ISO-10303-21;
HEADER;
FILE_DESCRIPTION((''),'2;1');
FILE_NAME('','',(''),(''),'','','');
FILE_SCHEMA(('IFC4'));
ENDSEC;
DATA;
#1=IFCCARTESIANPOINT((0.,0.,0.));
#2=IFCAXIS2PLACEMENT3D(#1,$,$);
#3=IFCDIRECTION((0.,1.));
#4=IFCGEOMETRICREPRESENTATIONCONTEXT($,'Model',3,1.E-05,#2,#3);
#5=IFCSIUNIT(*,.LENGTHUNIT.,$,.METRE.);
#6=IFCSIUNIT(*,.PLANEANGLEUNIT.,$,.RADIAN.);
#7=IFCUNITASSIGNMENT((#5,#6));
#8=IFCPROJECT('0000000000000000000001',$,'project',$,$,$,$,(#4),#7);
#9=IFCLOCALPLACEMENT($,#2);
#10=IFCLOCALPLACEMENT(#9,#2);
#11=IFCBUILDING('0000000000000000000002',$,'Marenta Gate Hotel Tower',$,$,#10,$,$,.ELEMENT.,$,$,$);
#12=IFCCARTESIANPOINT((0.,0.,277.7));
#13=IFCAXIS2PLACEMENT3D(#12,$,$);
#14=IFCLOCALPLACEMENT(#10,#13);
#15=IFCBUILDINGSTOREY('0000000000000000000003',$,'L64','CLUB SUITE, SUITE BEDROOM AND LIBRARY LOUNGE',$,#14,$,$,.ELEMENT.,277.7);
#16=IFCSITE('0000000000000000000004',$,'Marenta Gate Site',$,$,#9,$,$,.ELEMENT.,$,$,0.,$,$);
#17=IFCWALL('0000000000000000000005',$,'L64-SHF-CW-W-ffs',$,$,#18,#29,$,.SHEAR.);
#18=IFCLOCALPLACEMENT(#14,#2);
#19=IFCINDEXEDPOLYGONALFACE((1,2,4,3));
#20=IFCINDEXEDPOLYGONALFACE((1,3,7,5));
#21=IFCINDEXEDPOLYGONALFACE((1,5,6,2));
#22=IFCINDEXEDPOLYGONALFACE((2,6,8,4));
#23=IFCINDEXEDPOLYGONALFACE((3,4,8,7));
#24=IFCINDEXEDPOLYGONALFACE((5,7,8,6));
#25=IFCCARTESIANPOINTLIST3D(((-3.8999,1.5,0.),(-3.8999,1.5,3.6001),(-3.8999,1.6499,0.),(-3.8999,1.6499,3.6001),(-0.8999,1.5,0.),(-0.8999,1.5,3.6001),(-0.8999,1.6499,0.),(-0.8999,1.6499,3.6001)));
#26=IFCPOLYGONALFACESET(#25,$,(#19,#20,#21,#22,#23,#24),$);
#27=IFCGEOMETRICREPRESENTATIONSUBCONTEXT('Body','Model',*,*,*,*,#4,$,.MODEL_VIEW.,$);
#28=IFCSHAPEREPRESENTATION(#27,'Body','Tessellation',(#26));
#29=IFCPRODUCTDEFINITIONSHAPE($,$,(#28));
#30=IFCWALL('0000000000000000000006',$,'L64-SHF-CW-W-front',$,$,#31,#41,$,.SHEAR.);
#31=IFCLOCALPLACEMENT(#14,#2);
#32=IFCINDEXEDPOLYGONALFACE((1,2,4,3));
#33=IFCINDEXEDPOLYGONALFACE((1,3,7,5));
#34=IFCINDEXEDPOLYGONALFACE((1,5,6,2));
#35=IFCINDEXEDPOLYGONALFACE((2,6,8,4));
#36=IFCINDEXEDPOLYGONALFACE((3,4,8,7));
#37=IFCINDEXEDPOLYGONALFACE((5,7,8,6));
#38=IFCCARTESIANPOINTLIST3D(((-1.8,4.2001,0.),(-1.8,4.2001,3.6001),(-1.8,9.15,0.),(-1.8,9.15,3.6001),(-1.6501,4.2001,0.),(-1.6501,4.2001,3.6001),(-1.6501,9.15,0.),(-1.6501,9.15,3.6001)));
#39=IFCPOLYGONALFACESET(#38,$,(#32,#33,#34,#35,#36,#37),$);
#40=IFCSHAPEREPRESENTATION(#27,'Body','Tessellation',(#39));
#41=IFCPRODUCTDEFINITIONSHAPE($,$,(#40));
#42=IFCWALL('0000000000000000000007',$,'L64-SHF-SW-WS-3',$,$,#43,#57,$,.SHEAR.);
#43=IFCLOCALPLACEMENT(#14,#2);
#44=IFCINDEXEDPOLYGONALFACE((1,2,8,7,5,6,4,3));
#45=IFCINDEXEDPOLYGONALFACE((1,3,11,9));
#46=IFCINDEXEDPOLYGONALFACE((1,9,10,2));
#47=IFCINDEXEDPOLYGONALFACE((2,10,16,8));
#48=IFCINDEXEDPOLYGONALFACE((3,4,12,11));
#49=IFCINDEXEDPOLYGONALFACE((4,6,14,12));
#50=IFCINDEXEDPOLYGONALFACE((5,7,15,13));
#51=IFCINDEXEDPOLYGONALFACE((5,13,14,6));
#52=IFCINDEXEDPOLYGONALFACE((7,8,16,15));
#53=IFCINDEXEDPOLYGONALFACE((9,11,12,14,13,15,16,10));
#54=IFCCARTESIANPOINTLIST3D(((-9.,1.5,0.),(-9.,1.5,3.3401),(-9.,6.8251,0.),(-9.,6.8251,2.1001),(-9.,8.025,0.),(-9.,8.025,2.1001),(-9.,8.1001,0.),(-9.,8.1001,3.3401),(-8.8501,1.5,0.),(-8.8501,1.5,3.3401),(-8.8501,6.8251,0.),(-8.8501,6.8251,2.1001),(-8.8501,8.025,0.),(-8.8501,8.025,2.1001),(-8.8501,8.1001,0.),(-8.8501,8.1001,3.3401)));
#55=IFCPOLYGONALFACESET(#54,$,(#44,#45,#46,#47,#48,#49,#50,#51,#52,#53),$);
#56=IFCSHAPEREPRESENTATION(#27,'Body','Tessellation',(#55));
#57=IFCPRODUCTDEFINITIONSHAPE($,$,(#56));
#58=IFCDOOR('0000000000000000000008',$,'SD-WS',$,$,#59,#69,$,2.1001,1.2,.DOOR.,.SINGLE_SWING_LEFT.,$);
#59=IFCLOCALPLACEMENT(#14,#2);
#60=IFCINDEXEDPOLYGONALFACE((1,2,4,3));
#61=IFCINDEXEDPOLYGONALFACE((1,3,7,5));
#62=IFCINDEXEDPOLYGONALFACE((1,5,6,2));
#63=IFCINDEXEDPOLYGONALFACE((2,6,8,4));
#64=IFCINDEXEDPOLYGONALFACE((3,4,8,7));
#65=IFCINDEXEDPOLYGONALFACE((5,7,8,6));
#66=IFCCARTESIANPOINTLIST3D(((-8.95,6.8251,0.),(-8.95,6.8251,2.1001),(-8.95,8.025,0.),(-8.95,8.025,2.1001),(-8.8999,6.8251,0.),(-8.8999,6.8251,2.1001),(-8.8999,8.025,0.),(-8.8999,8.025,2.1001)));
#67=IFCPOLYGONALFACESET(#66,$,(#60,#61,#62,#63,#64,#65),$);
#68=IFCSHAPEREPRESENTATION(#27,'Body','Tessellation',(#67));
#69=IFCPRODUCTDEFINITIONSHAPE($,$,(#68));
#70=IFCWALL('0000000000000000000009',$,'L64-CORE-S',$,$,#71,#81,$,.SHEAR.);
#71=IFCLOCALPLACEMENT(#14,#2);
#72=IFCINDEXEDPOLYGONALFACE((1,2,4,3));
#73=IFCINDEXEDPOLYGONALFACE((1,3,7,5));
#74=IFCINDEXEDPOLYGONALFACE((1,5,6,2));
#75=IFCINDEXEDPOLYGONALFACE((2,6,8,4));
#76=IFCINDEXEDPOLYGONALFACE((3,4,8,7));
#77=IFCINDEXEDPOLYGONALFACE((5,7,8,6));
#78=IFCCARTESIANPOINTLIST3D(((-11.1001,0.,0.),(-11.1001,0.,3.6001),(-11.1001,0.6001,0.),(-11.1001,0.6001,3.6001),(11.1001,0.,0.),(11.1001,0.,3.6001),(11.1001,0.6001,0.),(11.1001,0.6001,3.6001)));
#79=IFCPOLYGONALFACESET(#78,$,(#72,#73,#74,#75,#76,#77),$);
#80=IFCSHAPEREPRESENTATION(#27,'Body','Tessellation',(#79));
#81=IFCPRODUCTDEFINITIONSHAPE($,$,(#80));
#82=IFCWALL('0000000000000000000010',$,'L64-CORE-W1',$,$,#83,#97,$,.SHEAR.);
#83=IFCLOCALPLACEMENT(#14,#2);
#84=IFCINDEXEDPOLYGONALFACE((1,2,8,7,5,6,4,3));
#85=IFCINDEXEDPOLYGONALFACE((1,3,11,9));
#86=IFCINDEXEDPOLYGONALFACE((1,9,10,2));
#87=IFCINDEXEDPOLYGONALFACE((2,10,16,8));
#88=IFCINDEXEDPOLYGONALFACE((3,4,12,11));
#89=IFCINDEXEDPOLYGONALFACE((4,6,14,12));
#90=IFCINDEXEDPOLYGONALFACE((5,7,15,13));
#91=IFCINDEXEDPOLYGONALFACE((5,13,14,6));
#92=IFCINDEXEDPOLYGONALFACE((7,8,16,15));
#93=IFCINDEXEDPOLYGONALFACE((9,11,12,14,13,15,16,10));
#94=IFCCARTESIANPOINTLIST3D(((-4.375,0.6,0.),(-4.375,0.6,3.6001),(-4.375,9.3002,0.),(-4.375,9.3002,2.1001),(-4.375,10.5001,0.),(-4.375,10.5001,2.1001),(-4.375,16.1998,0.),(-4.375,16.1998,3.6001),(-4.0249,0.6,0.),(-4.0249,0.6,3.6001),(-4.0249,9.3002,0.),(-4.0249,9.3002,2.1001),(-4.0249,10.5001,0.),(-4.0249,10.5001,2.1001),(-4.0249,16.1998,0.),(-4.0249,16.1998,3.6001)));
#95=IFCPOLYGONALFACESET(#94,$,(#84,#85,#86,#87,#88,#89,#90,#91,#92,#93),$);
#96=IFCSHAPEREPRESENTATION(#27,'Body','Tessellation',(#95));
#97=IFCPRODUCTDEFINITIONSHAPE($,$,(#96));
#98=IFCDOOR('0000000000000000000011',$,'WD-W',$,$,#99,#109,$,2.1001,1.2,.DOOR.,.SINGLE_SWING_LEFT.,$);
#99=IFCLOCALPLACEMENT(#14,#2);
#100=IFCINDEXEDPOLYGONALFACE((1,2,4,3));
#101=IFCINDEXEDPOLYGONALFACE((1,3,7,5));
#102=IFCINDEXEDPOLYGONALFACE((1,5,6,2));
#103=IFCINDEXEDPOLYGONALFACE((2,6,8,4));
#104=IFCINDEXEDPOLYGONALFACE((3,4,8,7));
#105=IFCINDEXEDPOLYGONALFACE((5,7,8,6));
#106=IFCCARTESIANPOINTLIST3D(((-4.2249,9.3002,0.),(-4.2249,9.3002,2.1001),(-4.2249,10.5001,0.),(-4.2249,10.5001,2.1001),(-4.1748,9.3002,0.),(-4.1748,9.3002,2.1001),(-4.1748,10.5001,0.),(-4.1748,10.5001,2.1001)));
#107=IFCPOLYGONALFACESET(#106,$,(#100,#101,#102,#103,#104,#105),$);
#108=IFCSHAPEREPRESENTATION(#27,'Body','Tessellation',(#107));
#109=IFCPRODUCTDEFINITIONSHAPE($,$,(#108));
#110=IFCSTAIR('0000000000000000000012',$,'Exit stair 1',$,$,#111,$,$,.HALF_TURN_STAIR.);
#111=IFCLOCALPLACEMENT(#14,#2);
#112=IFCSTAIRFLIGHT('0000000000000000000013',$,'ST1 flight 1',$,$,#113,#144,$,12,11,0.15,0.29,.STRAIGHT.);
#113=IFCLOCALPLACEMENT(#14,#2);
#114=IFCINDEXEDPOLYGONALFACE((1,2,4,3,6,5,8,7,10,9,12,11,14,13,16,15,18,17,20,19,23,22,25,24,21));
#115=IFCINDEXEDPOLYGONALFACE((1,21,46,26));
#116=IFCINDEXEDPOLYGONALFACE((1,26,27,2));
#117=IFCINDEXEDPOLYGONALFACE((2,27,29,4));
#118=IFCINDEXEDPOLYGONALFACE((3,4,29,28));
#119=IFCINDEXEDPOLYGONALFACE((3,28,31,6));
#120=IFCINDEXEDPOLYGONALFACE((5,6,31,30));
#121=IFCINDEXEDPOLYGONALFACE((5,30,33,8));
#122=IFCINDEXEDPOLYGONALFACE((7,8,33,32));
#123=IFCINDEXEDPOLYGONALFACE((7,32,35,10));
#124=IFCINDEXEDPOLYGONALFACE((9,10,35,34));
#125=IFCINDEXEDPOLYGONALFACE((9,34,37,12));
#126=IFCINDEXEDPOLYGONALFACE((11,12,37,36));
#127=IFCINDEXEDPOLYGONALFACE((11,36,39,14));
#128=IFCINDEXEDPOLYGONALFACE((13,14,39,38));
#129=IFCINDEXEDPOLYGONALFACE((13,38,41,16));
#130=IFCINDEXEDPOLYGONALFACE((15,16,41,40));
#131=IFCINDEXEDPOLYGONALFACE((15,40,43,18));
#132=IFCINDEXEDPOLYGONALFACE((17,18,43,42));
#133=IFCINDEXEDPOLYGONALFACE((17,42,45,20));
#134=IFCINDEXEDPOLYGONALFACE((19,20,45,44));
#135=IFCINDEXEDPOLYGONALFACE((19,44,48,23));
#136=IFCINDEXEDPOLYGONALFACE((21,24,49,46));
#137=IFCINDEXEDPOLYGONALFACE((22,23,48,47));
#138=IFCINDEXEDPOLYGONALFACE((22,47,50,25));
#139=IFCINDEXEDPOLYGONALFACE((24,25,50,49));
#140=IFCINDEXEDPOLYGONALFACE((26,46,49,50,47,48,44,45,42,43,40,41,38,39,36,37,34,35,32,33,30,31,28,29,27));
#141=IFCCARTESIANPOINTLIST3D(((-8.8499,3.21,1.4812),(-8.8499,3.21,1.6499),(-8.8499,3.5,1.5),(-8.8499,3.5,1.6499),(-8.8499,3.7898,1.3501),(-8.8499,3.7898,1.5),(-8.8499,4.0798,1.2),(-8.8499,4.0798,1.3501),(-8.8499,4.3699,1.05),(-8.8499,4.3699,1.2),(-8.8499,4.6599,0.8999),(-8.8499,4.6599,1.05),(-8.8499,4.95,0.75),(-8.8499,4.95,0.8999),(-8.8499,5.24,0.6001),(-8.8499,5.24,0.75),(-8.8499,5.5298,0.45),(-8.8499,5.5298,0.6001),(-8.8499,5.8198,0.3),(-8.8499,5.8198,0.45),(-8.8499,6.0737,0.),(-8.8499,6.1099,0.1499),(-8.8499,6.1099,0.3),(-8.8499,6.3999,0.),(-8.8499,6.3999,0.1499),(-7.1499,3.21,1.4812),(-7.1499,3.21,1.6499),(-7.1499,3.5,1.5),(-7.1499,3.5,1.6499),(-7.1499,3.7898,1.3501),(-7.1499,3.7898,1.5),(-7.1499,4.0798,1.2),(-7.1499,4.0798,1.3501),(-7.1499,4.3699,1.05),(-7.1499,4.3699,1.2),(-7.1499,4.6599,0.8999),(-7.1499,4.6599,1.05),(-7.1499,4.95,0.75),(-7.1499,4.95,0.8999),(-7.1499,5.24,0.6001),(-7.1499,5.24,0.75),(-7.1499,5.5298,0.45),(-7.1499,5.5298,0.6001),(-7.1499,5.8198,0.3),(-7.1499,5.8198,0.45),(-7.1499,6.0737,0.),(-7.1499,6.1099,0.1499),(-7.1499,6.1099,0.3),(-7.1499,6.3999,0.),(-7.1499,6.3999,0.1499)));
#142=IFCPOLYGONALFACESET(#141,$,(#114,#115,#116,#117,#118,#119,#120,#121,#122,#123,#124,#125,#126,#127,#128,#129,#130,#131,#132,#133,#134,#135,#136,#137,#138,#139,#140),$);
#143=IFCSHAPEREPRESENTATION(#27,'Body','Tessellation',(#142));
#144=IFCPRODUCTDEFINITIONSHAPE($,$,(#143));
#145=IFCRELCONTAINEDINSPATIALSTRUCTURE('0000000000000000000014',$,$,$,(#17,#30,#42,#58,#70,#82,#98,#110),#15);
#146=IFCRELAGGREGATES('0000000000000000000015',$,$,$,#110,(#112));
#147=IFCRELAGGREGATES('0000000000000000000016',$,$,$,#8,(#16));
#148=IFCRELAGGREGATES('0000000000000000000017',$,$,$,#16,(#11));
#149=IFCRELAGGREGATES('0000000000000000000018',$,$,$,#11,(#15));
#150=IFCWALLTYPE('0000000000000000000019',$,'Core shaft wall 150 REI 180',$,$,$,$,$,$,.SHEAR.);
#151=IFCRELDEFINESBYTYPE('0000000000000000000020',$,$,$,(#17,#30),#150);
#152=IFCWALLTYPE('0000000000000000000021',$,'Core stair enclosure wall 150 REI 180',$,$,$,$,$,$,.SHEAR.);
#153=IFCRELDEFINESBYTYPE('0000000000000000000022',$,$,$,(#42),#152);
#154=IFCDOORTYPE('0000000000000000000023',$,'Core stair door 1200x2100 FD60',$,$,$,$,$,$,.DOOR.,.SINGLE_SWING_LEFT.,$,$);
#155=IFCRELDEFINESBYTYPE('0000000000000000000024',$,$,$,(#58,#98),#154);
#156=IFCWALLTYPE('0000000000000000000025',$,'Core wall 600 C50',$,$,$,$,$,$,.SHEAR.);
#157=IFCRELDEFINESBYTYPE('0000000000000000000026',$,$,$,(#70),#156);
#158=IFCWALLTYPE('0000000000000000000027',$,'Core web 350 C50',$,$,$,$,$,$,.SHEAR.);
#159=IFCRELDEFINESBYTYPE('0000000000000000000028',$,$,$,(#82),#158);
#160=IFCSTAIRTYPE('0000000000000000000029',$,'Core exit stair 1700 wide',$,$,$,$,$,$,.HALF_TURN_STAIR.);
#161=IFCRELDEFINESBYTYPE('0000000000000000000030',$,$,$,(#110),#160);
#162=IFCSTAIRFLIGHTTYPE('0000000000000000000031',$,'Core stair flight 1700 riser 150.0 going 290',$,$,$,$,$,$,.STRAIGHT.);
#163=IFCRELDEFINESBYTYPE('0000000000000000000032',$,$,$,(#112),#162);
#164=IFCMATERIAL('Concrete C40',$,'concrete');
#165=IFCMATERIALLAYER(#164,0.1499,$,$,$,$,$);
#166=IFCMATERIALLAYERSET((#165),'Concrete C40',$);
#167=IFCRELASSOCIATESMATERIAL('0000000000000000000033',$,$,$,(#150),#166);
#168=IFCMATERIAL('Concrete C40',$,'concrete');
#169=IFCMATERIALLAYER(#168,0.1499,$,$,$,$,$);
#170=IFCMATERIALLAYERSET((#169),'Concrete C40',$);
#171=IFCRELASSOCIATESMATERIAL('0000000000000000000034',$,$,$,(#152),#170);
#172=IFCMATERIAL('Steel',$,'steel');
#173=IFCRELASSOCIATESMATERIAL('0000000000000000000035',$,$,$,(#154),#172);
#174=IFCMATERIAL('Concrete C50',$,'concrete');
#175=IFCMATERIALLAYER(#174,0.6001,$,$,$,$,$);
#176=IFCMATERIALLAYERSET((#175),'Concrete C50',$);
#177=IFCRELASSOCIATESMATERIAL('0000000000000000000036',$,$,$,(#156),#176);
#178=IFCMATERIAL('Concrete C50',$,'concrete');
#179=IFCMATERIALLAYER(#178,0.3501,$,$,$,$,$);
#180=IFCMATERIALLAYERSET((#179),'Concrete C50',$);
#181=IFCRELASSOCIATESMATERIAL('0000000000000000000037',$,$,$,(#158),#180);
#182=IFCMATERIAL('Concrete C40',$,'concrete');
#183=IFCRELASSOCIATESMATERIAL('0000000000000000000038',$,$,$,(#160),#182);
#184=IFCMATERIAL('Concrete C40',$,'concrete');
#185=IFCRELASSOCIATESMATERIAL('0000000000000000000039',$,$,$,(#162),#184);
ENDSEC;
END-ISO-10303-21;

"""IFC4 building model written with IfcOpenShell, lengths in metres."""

from ifc_helpers import new_model, si_unit, direction, frame, frame_2d, origin, place, context, subcontext, project, spatial, polyline, rectangle, outline, extrude, material, layer, layer_set, type_object, element, fill, aggregate, save


model = new_model("IFC4")

# Units and contexts
model_context = context("Model", 3, precision=1e-05, world=origin(), true_north=direction((0.0, 1.0)))
body_context = subcontext(model_context, "Body", "Model", "MODEL_VIEW")
ifc_project = project(units=[si_unit("LENGTHUNIT", "METRE"), si_unit("PLANEANGLEUNIT", "RADIAN")], contexts=[model_context])

# Site, building, storey
site_placement = place(None, origin())
site = spatial("IfcSite", under=ifc_project, at=site_placement, Name="Marenta Gate Site", CompositionType="ELEMENT", RefElevation=0.0)
building_placement = place(site_placement, origin())
building = spatial("IfcBuilding", under=site, at=building_placement, Name="Marenta Gate Hotel Tower", CompositionType="ELEMENT")
storey_placement = place(building_placement, frame((0.0, 0.0, 277.7)))
storey = spatial("IfcBuildingStorey", under=building, at=storey_placement, Name="L64", Description="CLUB SUITE, SUITE BEDROOM AND LIBRARY LOUNGE", CompositionType="ELEMENT", Elevation=277.7)

# Shared definitions
ifc_material_1 = material(Name="Concrete C40", Category="concrete")
ifc_layer_1 = layer(ifc_material_1, 0.1499)
ifc_layer_set_1 = layer_set([ifc_layer_1], Name="Concrete C40")
wall_type_1 = type_object("IfcWallType", Name="Core shaft wall 150 REI 180", PredefinedType="SHEAR", material=ifc_layer_set_1)

# Walls
wall_1_placement = place(storey_placement, frame((-3.8999, 1.575, 0.0), z_axis=(0.0, 0.0, 1.0), x_axis=(1.0, 0.0, 0.0)))
element("IfcWall", 1, at=wall_1_placement, inside=storey, type_object=wall_type_1, Name="L64-SHF-CW-W-ffs", PredefinedType="SHEAR", context=body_context, shape_type="SweptSolid", body=[
    extrude(rectangle(XDim=3.0, YDim=0.1499, at=frame_2d((1.5, 0.0))), origin(), (0.0, 0.0, 1.0), 3.6001),
])
wall_2_placement = place(storey_placement, frame((-1.7251, 4.2, 0.0), z_axis=(0.0, 0.0, 1.0), x_axis=(0.0, 1.0, 0.0)))
element("IfcWall", 2, at=wall_2_placement, inside=storey, type_object=wall_type_1, Name="L64-SHF-CW-W-front", PredefinedType="SHEAR", context=body_context, shape_type="SweptSolid", body=[
    extrude(rectangle(XDim=4.95, YDim=0.1499, at=frame_2d((2.4751, 0.0))), origin(), (0.0, 0.0, 1.0), 3.6001),
])

# Wall, opening, door
ifc_material_2 = material(Name="Concrete C40", Category="concrete")
ifc_layer_2 = layer(ifc_material_2, 0.1499)
ifc_layer_set_2 = layer_set([ifc_layer_2], Name="Concrete C40")
wall_type_2 = type_object("IfcWallType", Name="Core stair enclosure wall 150 REI 180", PredefinedType="SHEAR", material=ifc_layer_set_2)
wall_3_placement = place(storey_placement, frame((-8.925, 1.5, 0.0), z_axis=(0.0, 0.0, 1.0), x_axis=(0.0, 1.0, 0.0)))
wall_3 = element("IfcWall", 3, at=wall_3_placement, inside=storey, type_object=wall_type_2, Name="L64-SHF-SW-WS-3", PredefinedType="SHEAR", context=body_context, shape_type="SweptSolid", body=[
    extrude(rectangle(XDim=6.6001, YDim=0.1499, at=frame_2d((3.3, 0.0))), origin(), (0.0, 0.0, 1.0), 3.3401),
])
opening_1_placement = place(wall_3_placement, frame((5.325, 0.0, 0.0)))
opening_1 = element("IfcOpeningElement", 4, at=opening_1_placement, cuts=wall_3, PredefinedType="OPENING", context=body_context, shape_type="SweptSolid", body=[
    extrude(rectangle(XDim=1.2, YDim=2.1001, at=frame_2d((0.6001, 1.05))), frame((0.0, 0.075, 0.0), z_axis=(0.0, -1.0, 0.0), x_axis=(1.0, 0.0, 0.0)), (0.0, 0.0, 1.0), 0.1499),
])
ifc_material_3 = material(Name="Steel", Category="steel")
door_type_1 = type_object("IfcDoorType", Name="Core stair door 1200x2100 FD60", OperationType="SINGLE_SWING_LEFT", PredefinedType="DOOR", material=ifc_material_3)
door_1_placement = place(opening_1_placement, origin())
door_1 = element("IfcDoor", 5, at=door_1_placement, inside=storey, type_object=door_type_1, Name="SD-WS", OperationType="SINGLE_SWING_LEFT", OverallHeight=2.1001, OverallWidth=1.2, PredefinedType="DOOR", context=body_context, shape_type="SweptSolid", body=[
    extrude(rectangle(XDim=1.2, YDim=2.1001, at=frame_2d((0.6001, 1.05))), frame((0.0, 0.0249, 0.0), z_axis=(0.0, -1.0, 0.0), x_axis=(1.0, 0.0, 0.0)), (0.0, 0.0, 1.0), 0.05),
])
fill(opening_1, door_1)

# Wall
ifc_material_4 = material(Name="Concrete C50", Category="concrete")
ifc_layer_3 = layer(ifc_material_4, 0.6001)
ifc_layer_set_3 = layer_set([ifc_layer_3], Name="Concrete C50")
wall_type_3 = type_object("IfcWallType", Name="Core wall 600 C50", PredefinedType="SHEAR", material=ifc_layer_set_3)
wall_4_placement = place(storey_placement, frame((-11.1001, 0.3, 0.0), z_axis=(0.0, 0.0, 1.0), x_axis=(1.0, 0.0, 0.0)))
element("IfcWall", 6, at=wall_4_placement, inside=storey, type_object=wall_type_3, Name="L64-CORE-S", PredefinedType="SHEAR", context=body_context, shape_type="SweptSolid", body=[
    extrude(rectangle(XDim=22.2002, YDim=0.6001, at=frame_2d((11.1001, 0.0))), origin(), (0.0, 0.0, 1.0), 3.6001),
])

# Wall, opening, door
ifc_material_5 = material(Name="Concrete C50", Category="concrete")
ifc_layer_4 = layer(ifc_material_5, 0.3501)
ifc_layer_set_4 = layer_set([ifc_layer_4], Name="Concrete C50")
wall_type_4 = type_object("IfcWallType", Name="Core web 350 C50", PredefinedType="SHEAR", material=ifc_layer_set_4)
wall_5_placement = place(storey_placement, frame((-4.2, 0.6001, 0.0), z_axis=(0.0, 0.0, 1.0), x_axis=(0.0, 1.0, 0.0)))
wall_5 = element("IfcWall", 7, at=wall_5_placement, inside=storey, type_object=wall_type_4, Name="L64-CORE-W1", PredefinedType="SHEAR", context=body_context, shape_type="SweptSolid", body=[
    extrude(rectangle(XDim=15.5999, YDim=0.3501, at=frame_2d((7.7998, 0.0))), origin(), (0.0, 0.0, 1.0), 3.6001),
])
opening_2_placement = place(wall_5_placement, frame((8.7, 0.0, 0.0)))
opening_2 = element("IfcOpeningElement", 8, at=opening_2_placement, cuts=wall_5, PredefinedType="OPENING", context=body_context, shape_type="SweptSolid", body=[
    extrude(rectangle(XDim=1.2, YDim=2.1001, at=frame_2d((0.6001, 1.05))), frame((0.0, 0.175, 0.0), z_axis=(0.0, -1.0, 0.0), x_axis=(1.0, 0.0, 0.0)), (0.0, 0.0, 1.0), 0.3501),
])
door_2_placement = place(opening_2_placement, origin())
door_2 = element("IfcDoor", 9, at=door_2_placement, inside=storey, type_object=door_type_1, Name="WD-W", OperationType="SINGLE_SWING_LEFT", OverallHeight=2.1001, OverallWidth=1.2, PredefinedType="DOOR", context=body_context, shape_type="SweptSolid", body=[
    extrude(rectangle(XDim=1.2, YDim=2.1001, at=frame_2d((0.6001, 1.05))), frame((0.0, 0.0249, 0.0), z_axis=(0.0, -1.0, 0.0), x_axis=(1.0, 0.0, 0.0)), (0.0, 0.0, 1.0), 0.05),
])
fill(opening_2, door_2)

# Stair, stair flight
ifc_material_6 = material(Name="Concrete C40", Category="concrete")
stair_type = type_object("IfcStairType", Name="Core exit stair 1700 wide", PredefinedType="HALF_TURN_STAIR", material=ifc_material_6)
stair_placement = place(storey_placement, origin())
stair = element("IfcStair", 10, at=stair_placement, inside=storey, type_object=stair_type, Name="Exit stair 1", PredefinedType="HALF_TURN_STAIR")
ifc_material_7 = material(Name="Concrete C40", Category="concrete")
stair_flight_type = type_object("IfcStairFlightType", Name="Core stair flight 1700 riser 150.0 going 290", PredefinedType="STRAIGHT", material=ifc_material_7)
stair_flight_1_placement = place(storey_placement, frame((-8.0, 6.3999, 0.0), z_axis=(0.0, 0.0, 1.0), x_axis=(0.0, -1.0, 0.0)))
stair_flight_1 = element("IfcStairFlight", 11, at=stair_flight_1_placement, type_object=stair_flight_type, Name="ST1 flight 1", NumberOfRisers=12, NumberOfTreads=11, PredefinedType="STRAIGHT", RiserHeight=0.15, TreadLength=0.29, context=body_context, shape_type="SweptSolid", body=[
    extrude(outline(polyline([(0.0, 0.0), (0.0, 0.1499), (0.29, 0.1499), (0.29, 0.3), (0.5801, 0.3), (0.5801, 0.45), (0.8701, 0.45), (0.8701, 0.6001), (1.1599, 0.6001), (1.1599, 0.75), (1.45, 0.75), (1.45, 0.8999), (1.74, 0.8999), (1.74, 1.05), (2.03, 1.05), (2.03, 1.2), (2.3201, 1.2), (2.3201, 1.3501), (2.6101, 1.3501), (2.6101, 1.5), (2.8999, 1.5), (2.8999, 1.6499), (3.1899, 1.6499), (3.1899, 1.8), (3.1899, 1.4812), (0.3262, 0.0), (0.0, 0.0)])), frame((0.0, 0.8501, 0.0), z_axis=(0.0, -1.0, 0.0), x_axis=(1.0, 0.0, 0.0)), (0.0, 0.0, 1.0), 1.7),
])
aggregate(stair, [stair_flight_1])

save(model, "model.ifc")
